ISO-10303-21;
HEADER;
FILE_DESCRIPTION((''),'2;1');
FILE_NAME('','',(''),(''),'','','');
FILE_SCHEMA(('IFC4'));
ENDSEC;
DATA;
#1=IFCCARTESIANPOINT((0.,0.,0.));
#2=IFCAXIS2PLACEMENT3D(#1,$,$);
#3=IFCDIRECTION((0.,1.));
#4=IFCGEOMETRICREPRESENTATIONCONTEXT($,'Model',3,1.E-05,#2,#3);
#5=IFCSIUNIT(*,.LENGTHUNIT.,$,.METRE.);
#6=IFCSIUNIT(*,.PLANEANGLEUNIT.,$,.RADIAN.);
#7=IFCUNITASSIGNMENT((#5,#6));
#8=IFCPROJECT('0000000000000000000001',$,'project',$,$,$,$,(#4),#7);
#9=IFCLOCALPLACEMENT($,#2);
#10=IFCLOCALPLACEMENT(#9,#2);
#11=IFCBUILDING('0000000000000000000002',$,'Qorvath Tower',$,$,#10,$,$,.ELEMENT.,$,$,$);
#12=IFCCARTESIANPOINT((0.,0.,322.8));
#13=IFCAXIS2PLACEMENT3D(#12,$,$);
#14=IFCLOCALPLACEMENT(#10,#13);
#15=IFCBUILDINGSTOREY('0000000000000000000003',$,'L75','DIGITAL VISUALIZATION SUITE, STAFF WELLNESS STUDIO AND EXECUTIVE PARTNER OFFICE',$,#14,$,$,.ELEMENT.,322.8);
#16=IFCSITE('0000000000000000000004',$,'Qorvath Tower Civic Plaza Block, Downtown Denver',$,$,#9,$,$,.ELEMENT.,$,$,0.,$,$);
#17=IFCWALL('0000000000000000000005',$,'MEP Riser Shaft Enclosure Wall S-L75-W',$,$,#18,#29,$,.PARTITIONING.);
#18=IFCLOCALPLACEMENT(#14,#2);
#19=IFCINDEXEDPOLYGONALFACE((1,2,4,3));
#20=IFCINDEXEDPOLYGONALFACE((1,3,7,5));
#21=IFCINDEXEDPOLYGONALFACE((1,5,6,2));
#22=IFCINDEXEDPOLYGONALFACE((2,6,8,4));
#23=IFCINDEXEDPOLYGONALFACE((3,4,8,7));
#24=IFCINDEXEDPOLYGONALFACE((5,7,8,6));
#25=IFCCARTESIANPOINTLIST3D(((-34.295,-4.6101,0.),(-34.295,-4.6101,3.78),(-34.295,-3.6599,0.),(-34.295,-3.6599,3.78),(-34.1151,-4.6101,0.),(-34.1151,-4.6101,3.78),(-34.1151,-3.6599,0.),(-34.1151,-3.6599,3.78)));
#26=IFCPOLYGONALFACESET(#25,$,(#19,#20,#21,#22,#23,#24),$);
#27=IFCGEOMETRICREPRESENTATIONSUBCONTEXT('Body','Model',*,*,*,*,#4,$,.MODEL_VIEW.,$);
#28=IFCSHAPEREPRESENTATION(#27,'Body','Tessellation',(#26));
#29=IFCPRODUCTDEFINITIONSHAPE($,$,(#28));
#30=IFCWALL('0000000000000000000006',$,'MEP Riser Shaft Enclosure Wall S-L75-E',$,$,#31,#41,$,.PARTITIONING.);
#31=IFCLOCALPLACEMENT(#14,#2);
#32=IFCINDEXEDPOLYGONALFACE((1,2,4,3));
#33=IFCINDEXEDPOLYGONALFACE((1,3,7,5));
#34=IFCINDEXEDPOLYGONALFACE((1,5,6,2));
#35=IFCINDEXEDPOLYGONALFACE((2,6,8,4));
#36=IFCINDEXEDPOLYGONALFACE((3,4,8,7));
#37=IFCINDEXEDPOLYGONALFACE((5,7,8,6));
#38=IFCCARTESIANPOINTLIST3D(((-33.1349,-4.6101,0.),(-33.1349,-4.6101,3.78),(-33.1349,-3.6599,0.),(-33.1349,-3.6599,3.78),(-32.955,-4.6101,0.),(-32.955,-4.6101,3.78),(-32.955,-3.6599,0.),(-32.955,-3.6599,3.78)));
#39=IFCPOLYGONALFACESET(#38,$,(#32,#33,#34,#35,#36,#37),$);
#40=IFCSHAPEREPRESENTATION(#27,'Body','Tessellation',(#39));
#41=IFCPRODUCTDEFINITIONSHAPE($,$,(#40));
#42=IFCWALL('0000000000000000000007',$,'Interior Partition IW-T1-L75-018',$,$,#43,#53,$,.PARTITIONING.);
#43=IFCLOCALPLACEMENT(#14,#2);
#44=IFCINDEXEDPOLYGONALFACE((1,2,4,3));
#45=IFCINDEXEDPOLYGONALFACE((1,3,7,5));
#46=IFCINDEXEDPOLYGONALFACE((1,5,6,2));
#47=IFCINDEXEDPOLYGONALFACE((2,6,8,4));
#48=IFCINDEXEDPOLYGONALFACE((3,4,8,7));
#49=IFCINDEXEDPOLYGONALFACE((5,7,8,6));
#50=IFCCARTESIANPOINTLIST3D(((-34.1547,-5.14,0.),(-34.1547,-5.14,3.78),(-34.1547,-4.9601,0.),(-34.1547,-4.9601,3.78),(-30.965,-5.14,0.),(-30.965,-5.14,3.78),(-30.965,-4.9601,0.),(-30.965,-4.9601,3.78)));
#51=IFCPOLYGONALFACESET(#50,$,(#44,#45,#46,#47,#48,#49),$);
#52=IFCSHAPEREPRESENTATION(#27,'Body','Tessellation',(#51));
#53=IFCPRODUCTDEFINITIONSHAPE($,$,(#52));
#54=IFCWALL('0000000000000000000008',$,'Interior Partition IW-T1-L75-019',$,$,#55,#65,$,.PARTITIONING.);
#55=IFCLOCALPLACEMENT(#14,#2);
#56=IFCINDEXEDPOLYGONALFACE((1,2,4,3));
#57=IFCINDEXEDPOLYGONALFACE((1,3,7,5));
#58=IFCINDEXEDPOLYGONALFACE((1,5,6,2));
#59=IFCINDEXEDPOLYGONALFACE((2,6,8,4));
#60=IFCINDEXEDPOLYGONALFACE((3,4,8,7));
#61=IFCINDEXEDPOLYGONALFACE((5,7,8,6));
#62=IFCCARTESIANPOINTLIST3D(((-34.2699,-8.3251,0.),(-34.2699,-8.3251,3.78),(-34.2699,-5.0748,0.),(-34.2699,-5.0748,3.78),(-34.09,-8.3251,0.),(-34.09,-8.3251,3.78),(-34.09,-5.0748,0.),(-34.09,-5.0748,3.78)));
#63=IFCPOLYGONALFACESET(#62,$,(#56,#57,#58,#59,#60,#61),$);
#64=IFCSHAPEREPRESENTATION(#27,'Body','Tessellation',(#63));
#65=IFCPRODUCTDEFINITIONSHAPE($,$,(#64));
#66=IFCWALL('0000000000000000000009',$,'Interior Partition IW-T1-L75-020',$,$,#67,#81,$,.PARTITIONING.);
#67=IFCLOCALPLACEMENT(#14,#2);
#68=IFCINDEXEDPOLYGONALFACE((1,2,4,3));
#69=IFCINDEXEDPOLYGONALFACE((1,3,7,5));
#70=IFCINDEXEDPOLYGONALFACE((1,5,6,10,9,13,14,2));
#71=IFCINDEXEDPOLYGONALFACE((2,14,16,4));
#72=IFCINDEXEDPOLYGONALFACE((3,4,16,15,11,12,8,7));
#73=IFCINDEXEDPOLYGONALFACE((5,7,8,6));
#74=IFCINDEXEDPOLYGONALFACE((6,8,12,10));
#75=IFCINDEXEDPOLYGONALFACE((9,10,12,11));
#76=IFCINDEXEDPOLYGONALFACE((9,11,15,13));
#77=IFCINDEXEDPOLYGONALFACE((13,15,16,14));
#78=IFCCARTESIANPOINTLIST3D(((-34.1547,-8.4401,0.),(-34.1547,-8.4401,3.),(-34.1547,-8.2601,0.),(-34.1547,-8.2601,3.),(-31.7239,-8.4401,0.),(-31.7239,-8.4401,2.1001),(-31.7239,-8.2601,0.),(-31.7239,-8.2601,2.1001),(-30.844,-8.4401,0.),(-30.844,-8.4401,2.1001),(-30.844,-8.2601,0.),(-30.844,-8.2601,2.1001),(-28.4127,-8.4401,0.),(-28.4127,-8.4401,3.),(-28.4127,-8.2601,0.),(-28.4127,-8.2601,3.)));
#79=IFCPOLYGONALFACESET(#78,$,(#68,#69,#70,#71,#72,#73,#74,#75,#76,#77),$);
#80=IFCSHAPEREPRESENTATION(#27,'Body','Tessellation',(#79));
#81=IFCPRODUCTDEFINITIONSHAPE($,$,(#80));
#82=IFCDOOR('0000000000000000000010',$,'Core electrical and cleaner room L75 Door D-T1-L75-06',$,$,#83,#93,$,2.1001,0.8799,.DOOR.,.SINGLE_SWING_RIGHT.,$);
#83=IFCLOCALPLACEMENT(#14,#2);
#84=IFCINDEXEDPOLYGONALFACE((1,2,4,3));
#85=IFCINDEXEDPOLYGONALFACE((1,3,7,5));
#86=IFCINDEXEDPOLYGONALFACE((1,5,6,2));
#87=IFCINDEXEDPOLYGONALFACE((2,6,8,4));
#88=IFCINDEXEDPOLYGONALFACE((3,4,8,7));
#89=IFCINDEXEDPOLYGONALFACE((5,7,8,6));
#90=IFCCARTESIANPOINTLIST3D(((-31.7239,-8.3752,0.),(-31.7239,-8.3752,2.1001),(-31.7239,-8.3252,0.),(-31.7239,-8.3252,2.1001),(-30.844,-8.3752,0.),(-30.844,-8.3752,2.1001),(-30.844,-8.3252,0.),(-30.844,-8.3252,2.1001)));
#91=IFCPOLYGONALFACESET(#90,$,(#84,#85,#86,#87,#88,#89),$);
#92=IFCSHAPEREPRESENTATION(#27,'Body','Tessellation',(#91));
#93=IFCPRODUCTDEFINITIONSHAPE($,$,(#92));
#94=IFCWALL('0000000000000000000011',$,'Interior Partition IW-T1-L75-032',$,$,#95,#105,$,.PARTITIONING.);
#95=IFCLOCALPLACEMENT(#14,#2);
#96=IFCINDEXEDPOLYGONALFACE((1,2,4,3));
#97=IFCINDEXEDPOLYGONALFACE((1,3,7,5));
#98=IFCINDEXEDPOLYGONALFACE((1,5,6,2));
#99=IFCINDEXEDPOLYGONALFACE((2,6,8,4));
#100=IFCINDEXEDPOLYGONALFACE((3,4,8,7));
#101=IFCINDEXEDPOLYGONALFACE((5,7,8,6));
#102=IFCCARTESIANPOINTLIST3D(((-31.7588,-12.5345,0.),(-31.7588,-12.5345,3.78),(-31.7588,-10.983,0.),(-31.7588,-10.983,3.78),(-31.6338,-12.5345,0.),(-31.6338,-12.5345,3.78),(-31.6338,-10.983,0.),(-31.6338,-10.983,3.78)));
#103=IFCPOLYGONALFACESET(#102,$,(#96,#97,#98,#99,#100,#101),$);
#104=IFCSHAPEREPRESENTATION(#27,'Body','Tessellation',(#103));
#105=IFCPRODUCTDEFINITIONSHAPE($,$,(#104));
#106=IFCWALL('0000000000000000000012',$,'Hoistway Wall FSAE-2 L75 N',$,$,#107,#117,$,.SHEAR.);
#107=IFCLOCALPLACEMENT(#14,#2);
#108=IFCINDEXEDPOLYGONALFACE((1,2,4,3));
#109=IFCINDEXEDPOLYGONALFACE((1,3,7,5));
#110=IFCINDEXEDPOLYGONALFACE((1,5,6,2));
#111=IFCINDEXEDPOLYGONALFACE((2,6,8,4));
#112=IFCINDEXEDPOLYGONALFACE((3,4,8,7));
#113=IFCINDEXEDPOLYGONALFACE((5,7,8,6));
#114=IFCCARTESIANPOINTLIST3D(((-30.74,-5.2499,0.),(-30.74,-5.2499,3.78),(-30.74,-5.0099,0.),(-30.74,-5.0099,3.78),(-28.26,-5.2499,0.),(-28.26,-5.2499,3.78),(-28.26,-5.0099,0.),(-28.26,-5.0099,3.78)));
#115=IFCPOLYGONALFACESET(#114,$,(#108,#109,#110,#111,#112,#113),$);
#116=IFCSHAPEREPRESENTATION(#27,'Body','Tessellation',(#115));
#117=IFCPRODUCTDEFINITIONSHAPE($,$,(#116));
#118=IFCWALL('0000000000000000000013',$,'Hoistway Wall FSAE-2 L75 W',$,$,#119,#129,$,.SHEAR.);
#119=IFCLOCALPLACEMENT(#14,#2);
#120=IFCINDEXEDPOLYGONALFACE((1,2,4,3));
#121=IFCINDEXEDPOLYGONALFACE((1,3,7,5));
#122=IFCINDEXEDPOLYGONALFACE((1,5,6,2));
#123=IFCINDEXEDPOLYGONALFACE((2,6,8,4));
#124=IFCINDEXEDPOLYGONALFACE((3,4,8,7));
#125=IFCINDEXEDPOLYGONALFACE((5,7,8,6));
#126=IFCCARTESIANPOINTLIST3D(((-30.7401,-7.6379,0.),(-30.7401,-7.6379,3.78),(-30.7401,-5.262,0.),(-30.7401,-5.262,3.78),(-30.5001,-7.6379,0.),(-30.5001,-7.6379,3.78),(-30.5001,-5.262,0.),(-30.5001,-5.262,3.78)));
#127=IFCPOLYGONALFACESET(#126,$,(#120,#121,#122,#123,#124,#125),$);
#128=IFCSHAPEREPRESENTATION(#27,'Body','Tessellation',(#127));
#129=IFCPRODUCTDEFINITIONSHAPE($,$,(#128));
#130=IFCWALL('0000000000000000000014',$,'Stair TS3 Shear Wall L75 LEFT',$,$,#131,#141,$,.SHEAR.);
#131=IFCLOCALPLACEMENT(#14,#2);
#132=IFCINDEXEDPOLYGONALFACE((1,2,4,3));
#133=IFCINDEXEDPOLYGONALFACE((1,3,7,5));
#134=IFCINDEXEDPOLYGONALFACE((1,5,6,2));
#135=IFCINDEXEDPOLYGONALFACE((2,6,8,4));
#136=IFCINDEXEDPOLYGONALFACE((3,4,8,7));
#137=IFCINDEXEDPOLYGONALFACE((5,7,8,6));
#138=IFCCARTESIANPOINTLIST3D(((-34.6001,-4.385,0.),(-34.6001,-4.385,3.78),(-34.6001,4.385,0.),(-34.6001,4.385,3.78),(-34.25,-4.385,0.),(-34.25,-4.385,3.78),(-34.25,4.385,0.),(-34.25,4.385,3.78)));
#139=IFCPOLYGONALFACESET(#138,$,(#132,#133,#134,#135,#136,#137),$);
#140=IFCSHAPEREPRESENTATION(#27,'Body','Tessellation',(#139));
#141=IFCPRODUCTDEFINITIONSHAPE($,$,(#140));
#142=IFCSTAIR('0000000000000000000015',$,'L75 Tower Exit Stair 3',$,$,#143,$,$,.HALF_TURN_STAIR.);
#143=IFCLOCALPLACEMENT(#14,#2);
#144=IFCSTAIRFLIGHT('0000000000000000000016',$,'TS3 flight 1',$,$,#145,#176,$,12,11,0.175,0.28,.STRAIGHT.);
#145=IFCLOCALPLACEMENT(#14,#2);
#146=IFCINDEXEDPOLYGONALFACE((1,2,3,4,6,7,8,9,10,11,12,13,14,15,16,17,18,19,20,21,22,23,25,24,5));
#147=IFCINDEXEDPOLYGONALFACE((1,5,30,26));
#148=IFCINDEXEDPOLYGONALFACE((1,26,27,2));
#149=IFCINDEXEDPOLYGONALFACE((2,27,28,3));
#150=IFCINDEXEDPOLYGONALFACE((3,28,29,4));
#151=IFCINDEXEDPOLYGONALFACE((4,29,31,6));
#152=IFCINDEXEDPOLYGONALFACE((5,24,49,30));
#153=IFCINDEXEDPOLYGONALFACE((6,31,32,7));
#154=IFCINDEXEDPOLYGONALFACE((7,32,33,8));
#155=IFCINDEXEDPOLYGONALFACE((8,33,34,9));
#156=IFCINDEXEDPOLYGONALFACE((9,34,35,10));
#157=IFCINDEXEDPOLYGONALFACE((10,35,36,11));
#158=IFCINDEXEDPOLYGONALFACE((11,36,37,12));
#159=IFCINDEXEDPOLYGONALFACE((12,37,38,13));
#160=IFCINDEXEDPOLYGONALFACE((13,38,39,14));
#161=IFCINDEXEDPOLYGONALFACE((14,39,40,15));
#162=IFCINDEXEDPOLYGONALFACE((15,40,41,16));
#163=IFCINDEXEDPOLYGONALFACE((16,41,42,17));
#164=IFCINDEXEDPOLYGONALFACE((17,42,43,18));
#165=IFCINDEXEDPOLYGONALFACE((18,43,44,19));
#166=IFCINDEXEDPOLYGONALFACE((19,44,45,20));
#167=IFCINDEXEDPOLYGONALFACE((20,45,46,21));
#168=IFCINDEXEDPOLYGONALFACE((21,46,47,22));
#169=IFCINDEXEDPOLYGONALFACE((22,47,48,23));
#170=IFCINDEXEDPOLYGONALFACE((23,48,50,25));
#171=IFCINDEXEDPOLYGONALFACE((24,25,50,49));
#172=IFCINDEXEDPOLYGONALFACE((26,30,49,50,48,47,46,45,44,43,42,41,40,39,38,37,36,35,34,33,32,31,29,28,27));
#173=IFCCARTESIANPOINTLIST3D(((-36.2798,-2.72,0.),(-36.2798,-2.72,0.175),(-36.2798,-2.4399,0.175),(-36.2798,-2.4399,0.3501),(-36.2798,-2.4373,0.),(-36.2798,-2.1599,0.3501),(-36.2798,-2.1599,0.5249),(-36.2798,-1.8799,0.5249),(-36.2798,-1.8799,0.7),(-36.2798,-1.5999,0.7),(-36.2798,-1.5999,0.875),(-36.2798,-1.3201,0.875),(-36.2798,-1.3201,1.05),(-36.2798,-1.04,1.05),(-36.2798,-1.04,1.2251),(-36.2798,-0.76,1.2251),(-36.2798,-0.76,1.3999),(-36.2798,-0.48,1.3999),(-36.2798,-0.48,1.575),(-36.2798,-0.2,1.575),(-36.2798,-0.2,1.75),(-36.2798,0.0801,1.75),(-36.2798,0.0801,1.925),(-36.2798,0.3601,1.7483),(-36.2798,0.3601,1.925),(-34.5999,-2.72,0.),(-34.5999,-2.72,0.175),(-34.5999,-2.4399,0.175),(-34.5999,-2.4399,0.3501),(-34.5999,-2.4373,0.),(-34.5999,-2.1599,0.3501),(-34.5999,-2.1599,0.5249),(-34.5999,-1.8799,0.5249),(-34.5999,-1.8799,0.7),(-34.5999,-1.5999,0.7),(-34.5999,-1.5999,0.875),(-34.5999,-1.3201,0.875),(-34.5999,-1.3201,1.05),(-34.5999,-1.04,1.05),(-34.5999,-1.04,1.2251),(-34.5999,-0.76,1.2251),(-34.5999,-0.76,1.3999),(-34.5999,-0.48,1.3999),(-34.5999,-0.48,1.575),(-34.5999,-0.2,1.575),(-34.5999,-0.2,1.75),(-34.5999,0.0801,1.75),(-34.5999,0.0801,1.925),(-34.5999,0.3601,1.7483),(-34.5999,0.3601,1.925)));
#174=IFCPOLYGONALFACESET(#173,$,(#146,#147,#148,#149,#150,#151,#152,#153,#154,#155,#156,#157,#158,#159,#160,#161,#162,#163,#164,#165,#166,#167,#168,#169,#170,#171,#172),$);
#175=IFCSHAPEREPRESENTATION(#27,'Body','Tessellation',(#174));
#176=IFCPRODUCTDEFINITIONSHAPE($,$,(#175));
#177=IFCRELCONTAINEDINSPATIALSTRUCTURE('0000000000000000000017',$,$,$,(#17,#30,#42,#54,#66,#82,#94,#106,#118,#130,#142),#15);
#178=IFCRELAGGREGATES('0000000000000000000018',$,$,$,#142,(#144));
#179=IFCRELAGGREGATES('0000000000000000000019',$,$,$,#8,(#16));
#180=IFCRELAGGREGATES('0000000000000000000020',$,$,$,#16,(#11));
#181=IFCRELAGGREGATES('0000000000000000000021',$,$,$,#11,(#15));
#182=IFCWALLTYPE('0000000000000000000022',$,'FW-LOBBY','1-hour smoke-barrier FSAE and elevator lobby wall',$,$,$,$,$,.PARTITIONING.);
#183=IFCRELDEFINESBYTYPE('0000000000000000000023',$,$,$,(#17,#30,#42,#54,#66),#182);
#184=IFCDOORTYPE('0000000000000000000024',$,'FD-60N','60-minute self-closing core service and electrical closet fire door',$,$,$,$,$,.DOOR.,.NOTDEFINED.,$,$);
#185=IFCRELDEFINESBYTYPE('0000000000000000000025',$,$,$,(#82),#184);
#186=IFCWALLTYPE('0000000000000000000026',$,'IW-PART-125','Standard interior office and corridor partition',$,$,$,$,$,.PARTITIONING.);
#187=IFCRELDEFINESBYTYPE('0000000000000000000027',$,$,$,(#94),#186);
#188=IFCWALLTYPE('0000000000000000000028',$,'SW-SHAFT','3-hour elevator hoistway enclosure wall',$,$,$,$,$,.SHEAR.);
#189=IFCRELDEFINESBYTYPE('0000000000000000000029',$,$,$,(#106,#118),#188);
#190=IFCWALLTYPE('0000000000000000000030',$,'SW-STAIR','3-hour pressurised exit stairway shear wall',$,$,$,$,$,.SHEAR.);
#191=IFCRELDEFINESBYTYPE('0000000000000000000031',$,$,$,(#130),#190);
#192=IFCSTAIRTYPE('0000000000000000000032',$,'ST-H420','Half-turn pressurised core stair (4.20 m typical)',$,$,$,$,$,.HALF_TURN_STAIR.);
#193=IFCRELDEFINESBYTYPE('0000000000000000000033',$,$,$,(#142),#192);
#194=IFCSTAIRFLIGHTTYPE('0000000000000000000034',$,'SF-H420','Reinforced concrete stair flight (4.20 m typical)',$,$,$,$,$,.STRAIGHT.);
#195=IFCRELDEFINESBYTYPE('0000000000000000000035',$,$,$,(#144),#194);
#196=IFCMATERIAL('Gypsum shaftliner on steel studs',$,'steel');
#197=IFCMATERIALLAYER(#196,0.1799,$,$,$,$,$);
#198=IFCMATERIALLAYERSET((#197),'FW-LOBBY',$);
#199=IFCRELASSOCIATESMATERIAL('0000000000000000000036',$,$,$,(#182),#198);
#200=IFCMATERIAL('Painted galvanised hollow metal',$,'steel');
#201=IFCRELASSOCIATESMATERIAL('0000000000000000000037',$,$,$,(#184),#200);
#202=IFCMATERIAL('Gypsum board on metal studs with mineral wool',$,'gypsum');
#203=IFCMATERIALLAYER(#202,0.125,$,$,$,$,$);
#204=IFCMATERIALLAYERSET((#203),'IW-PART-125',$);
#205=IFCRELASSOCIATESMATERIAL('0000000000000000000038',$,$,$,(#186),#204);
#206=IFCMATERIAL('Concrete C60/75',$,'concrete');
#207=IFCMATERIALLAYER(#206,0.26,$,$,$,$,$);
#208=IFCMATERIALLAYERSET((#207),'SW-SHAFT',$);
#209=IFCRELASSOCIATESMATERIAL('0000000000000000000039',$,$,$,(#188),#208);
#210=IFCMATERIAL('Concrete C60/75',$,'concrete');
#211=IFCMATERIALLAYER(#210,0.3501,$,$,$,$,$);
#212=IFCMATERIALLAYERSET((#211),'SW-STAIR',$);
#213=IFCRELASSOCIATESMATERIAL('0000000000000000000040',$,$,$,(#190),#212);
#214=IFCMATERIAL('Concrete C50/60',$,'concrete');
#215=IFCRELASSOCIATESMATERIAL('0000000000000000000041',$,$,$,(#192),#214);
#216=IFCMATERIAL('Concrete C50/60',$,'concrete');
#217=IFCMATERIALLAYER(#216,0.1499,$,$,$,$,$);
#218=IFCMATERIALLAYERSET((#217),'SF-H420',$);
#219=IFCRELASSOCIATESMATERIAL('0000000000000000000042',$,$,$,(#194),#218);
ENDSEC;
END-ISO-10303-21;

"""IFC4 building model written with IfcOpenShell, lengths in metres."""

from ifc_helpers import new_model, si_unit, direction, frame, frame_2d, origin, place, context, subcontext, project, spatial, polyline, rectangle, outline, extrude, material, layer, layer_set, type_object, element, fill, aggregate, save


model = new_model("IFC4")

# Units and contexts
model_context = context("Model", 3, precision=1e-05, world=origin(), true_north=direction((0.0, 1.0)))
body_context = subcontext(model_context, "Body", "Model", "MODEL_VIEW")
ifc_project = project(units=[si_unit("LENGTHUNIT", "METRE"), si_unit("PLANEANGLEUNIT", "RADIAN")], contexts=[model_context])

# Site, building, storey
site_placement = place(None, origin())
site = spatial("IfcSite", under=ifc_project, at=site_placement, Name="Qorvath Tower Civic Plaza Block, Downtown Denver", CompositionType="ELEMENT", RefElevation=0.0)
building_placement = place(site_placement, origin())
building = spatial("IfcBuilding", under=site, at=building_placement, Name="Qorvath Tower", CompositionType="ELEMENT")
storey_placement = place(building_placement, frame((0.0, 0.0, 322.8)))
storey = spatial("IfcBuildingStorey", under=building, at=storey_placement, Name="L75", Description="DIGITAL VISUALIZATION SUITE, STAFF WELLNESS STUDIO AND EXECUTIVE PARTNER OFFICE", CompositionType="ELEMENT", Elevation=322.8)

# Walls
ifc_material_1 = material(Name="Gypsum shaftliner on steel studs", Category="steel")
ifc_layer_1 = layer(ifc_material_1, 0.1799)
ifc_layer_set_1 = layer_set([ifc_layer_1], Name="FW-LOBBY")
wall_type_1 = type_object("IfcWallType", Name="FW-LOBBY", Description="1-hour smoke-barrier FSAE and elevator lobby wall", PredefinedType="PARTITIONING", material=ifc_layer_set_1)
for number, where, z_axis, x_axis, name in (
    (1, (-34.2051, -4.6101, 0.0), (0.0, 0.0, 1.0), (0.0, 1.0, 0.0), "MEP Riser Shaft Enclosure Wall S-L75-W"),
    (2, (-33.0449, -3.6599, 0.0), (0.0, 0.0, 1.0), (0.0, -1.0, 0.0), "MEP Riser Shaft Enclosure Wall S-L75-E"),
):
    element("IfcWall", number, at=place(storey_placement, frame(where, z_axis=z_axis, x_axis=x_axis)), inside=storey, type_object=wall_type_1, Name=name, PredefinedType="PARTITIONING", context=body_context, shape_type="SweptSolid", body=[
        extrude(rectangle(XDim=0.9502, YDim=0.1799, at=frame_2d((0.4751, 0.0))), origin(), (0.0, 0.0, 1.0), 3.78),
    ])
wall_1_placement = place(storey_placement, frame((-30.9651, -5.05, 0.0), z_axis=(0.0, 0.0, 1.0), x_axis=(-1.0, 0.0, 0.0)))
element("IfcWall", 3, at=wall_1_placement, inside=storey, type_object=wall_type_1, Name="Interior Partition IW-T1-L75-018", PredefinedType="PARTITIONING", context=body_context, shape_type="SweptSolid", body=[
    extrude(rectangle(XDim=3.1897, YDim=0.1799, at=frame_2d((1.5947, 0.0))), origin(), (0.0, 0.0, 1.0), 3.78),
])
wall_2_placement = place(storey_placement, frame((-34.1799, -5.075, 0.0), z_axis=(0.0, 0.0, 1.0), x_axis=(0.0, -1.0, 0.0)))
element("IfcWall", 4, at=wall_2_placement, inside=storey, type_object=wall_type_1, Name="Interior Partition IW-T1-L75-019", PredefinedType="PARTITIONING", context=body_context, shape_type="SweptSolid", body=[
    extrude(rectangle(XDim=3.2502, YDim=0.1799, at=frame_2d((1.625, 0.0))), origin(), (0.0, 0.0, 1.0), 3.78),
])

# Wall, opening, door
wall_3_placement = place(storey_placement, frame((-34.1548, -8.3501, 0.0), z_axis=(0.0, 0.0, 1.0), x_axis=(1.0, 0.0, 0.0)))
wall_3 = element("IfcWall", 5, at=wall_3_placement, inside=storey, type_object=wall_type_1, Name="Interior Partition IW-T1-L75-020", PredefinedType="PARTITIONING", context=body_context, shape_type="SweptSolid", body=[
    extrude(rectangle(XDim=5.7419, YDim=0.1799, at=frame_2d((2.8711, 0.0))), origin(), (0.0, 0.0, 1.0), 3.0),
])
opening_placement = place(wall_3_placement, frame((2.4309, 0.0, 0.0)))
opening = element("IfcOpeningElement", 6, at=opening_placement, cuts=wall_3, PredefinedType="OPENING", context=body_context, shape_type="SweptSolid", body=[
    extrude(rectangle(XDim=0.8799, YDim=2.1001, at=frame_2d((0.4399, 1.05))), frame((0.0, 0.1001, 0.0), z_axis=(0.0, -1.0, 0.0), x_axis=(1.0, 0.0, 0.0)), (0.0, 0.0, 1.0), 0.2),
])
ifc_material_2 = material(Name="Painted galvanised hollow metal", Category="steel")
door_type = type_object("IfcDoorType", Name="FD-60N", Description="60-minute self-closing core service and electrical closet fire door", OperationType="NOTDEFINED", PredefinedType="DOOR", material=ifc_material_2)
door_placement = place(opening_placement, origin())
door = element("IfcDoor", 7, at=door_placement, inside=storey, type_object=door_type, Name="Core electrical and cleaner room L75 Door D-T1-L75-06", OperationType="SINGLE_SWING_RIGHT", OverallHeight=2.1001, OverallWidth=0.8799, PredefinedType="DOOR", context=body_context, shape_type="SweptSolid", body=[
    extrude(rectangle(XDim=0.8799, YDim=2.1001, at=frame_2d((0.4399, 1.05))), frame((0.0, 0.0249, 0.0), z_axis=(0.0, -1.0, 0.0), x_axis=(1.0, 0.0, 0.0)), (0.0, 0.0, 1.0), 0.05),
])
fill(opening, door)

# Walls
ifc_material_3 = material(Name="Gypsum board on metal studs with mineral wool", Category="gypsum")
ifc_layer_2 = layer(ifc_material_3, 0.125)
ifc_layer_set_2 = layer_set([ifc_layer_2], Name="IW-PART-125")
wall_type_2 = type_object("IfcWallType", Name="IW-PART-125", Description="Standard interior office and corridor partition", PredefinedType="PARTITIONING", material=ifc_layer_set_2)
wall_4_placement = place(storey_placement, frame((-31.6963, -10.9829, 0.0), z_axis=(0.0, 0.0, 1.0), x_axis=(0.0, -1.0, 0.0)))
element("IfcWall", 8, at=wall_4_placement, inside=storey, type_object=wall_type_2, Name="Interior Partition IW-T1-L75-032", PredefinedType="PARTITIONING", context=body_context, shape_type="SweptSolid", body=[
    extrude(rectangle(XDim=1.5515, YDim=0.125, at=frame_2d((0.7759, 0.0))), origin(), (0.0, 0.0, 1.0), 3.78),
])
ifc_material_4 = material(Name="Concrete C60/75", Category="concrete")
ifc_layer_3 = layer(ifc_material_4, 0.26)
ifc_layer_set_3 = layer_set([ifc_layer_3], Name="SW-SHAFT")
wall_type_3 = type_object("IfcWallType", Name="SW-SHAFT", Description="3-hour elevator hoistway enclosure wall", PredefinedType="SHEAR", material=ifc_layer_set_3)
wall_5_placement = place(storey_placement, frame((-30.74, -5.1299, 0.0), z_axis=(0.0, 0.0, 1.0), x_axis=(1.0, 0.0, 0.0)))
element("IfcWall", 9, at=wall_5_placement, inside=storey, type_object=wall_type_3, Name="Hoistway Wall FSAE-2 L75 N", PredefinedType="SHEAR", context=body_context, shape_type="SweptSolid", body=[
    extrude(rectangle(XDim=2.48, YDim=0.24, at=frame_2d((1.24, 0.0))), origin(), (0.0, 0.0, 1.0), 3.78),
])
wall_6_placement = place(storey_placement, frame((-30.6201, -7.6379, 0.0), z_axis=(0.0, 0.0, 1.0), x_axis=(0.0, 1.0, 0.0)))
element("IfcWall", 10, at=wall_6_placement, inside=storey, type_object=wall_type_3, Name="Hoistway Wall FSAE-2 L75 W", PredefinedType="SHEAR", context=body_context, shape_type="SweptSolid", body=[
    extrude(rectangle(XDim=2.376, YDim=0.24, at=frame_2d((1.188, 0.0))), origin(), (0.0, 0.0, 1.0), 3.78),
])
ifc_material_5 = material(Name="Concrete C60/75", Category="concrete")
ifc_layer_4 = layer(ifc_material_5, 0.3501)
ifc_layer_set_4 = layer_set([ifc_layer_4], Name="SW-STAIR")
wall_type_4 = type_object("IfcWallType", Name="SW-STAIR", Description="3-hour pressurised exit stairway shear wall", PredefinedType="SHEAR", material=ifc_layer_set_4)
wall_7_placement = place(storey_placement, frame((-34.425, -4.385, 0.0), z_axis=(0.0, 0.0, 1.0), x_axis=(0.0, 1.0, 0.0)))
element("IfcWall", 11, at=wall_7_placement, inside=storey, type_object=wall_type_4, Name="Stair TS3 Shear Wall L75 LEFT", PredefinedType="SHEAR", context=body_context, shape_type="SweptSolid", body=[
    extrude(rectangle(XDim=8.77, YDim=0.3501, at=frame_2d((4.385, 0.0))), origin(), (0.0, 0.0, 1.0), 3.78),
])

# Stair, stair flight
ifc_material_6 = material(Name="Concrete C50/60", Category="concrete")
stair_type = type_object("IfcStairType", Name="ST-H420", Description="Half-turn pressurised core stair (4.20 m typical)", PredefinedType="HALF_TURN_STAIR", material=ifc_material_6)
stair_placement = place(storey_placement, origin())
stair = element("IfcStair", 12, at=stair_placement, inside=storey, type_object=stair_type, Name="L75 Tower Exit Stair 3", PredefinedType="HALF_TURN_STAIR")
ifc_material_7 = material(Name="Concrete C50/60", Category="concrete")
ifc_layer_5 = layer(ifc_material_7, 0.1499)
ifc_layer_set_5 = layer_set([ifc_layer_5], Name="SF-H420")
stair_flight_type = type_object("IfcStairFlightType", Name="SF-H420", Description="Reinforced concrete stair flight (4.20 m typical)", PredefinedType="STRAIGHT", material=ifc_layer_set_5)
stair_flight_placement = place(storey_placement, frame((-35.4399, -2.72, 0.0), z_axis=(0.0, 0.0, 1.0), x_axis=(0.0, 1.0, 0.0)))
stair_flight = element("IfcStairFlight", 13, at=stair_flight_placement, type_object=stair_flight_type, Name="TS3 flight 1", NumberOfRisers=12, NumberOfTreads=11, PredefinedType="STRAIGHT", RiserHeight=0.175, TreadLength=0.28, context=body_context, shape_type="SweptSolid", body=[
    extrude(outline(polyline([(0.0, 0.0), (0.0, 0.175), (0.28, 0.175), (0.28, 0.3501), (0.5601, 0.3501), (0.5601, 0.5249), (0.8401, 0.5249), (0.8401, 0.7), (1.1201, 0.7), (1.1201, 0.875), (1.3999, 0.875), (1.3999, 1.05), (1.6799, 1.05), (1.6799, 1.2251), (1.96, 1.2251), (1.96, 1.3999), (2.24, 1.3999), (2.24, 1.575), (2.52, 1.575), (2.52, 1.75), (2.8, 1.75), (2.8, 1.925), (3.0801, 1.925), (3.0801, 2.1001), (3.0801, 1.7483), (0.2827, 0.0), (0.0, 0.0)])), frame((0.0, 0.8398, 0.0), z_axis=(0.0, -1.0, 0.0), x_axis=(1.0, 0.0, 0.0)), (0.0, 0.0, 1.0), 1.6799),
])
aggregate(stair, [stair_flight])

save(model, "model.ifc")
